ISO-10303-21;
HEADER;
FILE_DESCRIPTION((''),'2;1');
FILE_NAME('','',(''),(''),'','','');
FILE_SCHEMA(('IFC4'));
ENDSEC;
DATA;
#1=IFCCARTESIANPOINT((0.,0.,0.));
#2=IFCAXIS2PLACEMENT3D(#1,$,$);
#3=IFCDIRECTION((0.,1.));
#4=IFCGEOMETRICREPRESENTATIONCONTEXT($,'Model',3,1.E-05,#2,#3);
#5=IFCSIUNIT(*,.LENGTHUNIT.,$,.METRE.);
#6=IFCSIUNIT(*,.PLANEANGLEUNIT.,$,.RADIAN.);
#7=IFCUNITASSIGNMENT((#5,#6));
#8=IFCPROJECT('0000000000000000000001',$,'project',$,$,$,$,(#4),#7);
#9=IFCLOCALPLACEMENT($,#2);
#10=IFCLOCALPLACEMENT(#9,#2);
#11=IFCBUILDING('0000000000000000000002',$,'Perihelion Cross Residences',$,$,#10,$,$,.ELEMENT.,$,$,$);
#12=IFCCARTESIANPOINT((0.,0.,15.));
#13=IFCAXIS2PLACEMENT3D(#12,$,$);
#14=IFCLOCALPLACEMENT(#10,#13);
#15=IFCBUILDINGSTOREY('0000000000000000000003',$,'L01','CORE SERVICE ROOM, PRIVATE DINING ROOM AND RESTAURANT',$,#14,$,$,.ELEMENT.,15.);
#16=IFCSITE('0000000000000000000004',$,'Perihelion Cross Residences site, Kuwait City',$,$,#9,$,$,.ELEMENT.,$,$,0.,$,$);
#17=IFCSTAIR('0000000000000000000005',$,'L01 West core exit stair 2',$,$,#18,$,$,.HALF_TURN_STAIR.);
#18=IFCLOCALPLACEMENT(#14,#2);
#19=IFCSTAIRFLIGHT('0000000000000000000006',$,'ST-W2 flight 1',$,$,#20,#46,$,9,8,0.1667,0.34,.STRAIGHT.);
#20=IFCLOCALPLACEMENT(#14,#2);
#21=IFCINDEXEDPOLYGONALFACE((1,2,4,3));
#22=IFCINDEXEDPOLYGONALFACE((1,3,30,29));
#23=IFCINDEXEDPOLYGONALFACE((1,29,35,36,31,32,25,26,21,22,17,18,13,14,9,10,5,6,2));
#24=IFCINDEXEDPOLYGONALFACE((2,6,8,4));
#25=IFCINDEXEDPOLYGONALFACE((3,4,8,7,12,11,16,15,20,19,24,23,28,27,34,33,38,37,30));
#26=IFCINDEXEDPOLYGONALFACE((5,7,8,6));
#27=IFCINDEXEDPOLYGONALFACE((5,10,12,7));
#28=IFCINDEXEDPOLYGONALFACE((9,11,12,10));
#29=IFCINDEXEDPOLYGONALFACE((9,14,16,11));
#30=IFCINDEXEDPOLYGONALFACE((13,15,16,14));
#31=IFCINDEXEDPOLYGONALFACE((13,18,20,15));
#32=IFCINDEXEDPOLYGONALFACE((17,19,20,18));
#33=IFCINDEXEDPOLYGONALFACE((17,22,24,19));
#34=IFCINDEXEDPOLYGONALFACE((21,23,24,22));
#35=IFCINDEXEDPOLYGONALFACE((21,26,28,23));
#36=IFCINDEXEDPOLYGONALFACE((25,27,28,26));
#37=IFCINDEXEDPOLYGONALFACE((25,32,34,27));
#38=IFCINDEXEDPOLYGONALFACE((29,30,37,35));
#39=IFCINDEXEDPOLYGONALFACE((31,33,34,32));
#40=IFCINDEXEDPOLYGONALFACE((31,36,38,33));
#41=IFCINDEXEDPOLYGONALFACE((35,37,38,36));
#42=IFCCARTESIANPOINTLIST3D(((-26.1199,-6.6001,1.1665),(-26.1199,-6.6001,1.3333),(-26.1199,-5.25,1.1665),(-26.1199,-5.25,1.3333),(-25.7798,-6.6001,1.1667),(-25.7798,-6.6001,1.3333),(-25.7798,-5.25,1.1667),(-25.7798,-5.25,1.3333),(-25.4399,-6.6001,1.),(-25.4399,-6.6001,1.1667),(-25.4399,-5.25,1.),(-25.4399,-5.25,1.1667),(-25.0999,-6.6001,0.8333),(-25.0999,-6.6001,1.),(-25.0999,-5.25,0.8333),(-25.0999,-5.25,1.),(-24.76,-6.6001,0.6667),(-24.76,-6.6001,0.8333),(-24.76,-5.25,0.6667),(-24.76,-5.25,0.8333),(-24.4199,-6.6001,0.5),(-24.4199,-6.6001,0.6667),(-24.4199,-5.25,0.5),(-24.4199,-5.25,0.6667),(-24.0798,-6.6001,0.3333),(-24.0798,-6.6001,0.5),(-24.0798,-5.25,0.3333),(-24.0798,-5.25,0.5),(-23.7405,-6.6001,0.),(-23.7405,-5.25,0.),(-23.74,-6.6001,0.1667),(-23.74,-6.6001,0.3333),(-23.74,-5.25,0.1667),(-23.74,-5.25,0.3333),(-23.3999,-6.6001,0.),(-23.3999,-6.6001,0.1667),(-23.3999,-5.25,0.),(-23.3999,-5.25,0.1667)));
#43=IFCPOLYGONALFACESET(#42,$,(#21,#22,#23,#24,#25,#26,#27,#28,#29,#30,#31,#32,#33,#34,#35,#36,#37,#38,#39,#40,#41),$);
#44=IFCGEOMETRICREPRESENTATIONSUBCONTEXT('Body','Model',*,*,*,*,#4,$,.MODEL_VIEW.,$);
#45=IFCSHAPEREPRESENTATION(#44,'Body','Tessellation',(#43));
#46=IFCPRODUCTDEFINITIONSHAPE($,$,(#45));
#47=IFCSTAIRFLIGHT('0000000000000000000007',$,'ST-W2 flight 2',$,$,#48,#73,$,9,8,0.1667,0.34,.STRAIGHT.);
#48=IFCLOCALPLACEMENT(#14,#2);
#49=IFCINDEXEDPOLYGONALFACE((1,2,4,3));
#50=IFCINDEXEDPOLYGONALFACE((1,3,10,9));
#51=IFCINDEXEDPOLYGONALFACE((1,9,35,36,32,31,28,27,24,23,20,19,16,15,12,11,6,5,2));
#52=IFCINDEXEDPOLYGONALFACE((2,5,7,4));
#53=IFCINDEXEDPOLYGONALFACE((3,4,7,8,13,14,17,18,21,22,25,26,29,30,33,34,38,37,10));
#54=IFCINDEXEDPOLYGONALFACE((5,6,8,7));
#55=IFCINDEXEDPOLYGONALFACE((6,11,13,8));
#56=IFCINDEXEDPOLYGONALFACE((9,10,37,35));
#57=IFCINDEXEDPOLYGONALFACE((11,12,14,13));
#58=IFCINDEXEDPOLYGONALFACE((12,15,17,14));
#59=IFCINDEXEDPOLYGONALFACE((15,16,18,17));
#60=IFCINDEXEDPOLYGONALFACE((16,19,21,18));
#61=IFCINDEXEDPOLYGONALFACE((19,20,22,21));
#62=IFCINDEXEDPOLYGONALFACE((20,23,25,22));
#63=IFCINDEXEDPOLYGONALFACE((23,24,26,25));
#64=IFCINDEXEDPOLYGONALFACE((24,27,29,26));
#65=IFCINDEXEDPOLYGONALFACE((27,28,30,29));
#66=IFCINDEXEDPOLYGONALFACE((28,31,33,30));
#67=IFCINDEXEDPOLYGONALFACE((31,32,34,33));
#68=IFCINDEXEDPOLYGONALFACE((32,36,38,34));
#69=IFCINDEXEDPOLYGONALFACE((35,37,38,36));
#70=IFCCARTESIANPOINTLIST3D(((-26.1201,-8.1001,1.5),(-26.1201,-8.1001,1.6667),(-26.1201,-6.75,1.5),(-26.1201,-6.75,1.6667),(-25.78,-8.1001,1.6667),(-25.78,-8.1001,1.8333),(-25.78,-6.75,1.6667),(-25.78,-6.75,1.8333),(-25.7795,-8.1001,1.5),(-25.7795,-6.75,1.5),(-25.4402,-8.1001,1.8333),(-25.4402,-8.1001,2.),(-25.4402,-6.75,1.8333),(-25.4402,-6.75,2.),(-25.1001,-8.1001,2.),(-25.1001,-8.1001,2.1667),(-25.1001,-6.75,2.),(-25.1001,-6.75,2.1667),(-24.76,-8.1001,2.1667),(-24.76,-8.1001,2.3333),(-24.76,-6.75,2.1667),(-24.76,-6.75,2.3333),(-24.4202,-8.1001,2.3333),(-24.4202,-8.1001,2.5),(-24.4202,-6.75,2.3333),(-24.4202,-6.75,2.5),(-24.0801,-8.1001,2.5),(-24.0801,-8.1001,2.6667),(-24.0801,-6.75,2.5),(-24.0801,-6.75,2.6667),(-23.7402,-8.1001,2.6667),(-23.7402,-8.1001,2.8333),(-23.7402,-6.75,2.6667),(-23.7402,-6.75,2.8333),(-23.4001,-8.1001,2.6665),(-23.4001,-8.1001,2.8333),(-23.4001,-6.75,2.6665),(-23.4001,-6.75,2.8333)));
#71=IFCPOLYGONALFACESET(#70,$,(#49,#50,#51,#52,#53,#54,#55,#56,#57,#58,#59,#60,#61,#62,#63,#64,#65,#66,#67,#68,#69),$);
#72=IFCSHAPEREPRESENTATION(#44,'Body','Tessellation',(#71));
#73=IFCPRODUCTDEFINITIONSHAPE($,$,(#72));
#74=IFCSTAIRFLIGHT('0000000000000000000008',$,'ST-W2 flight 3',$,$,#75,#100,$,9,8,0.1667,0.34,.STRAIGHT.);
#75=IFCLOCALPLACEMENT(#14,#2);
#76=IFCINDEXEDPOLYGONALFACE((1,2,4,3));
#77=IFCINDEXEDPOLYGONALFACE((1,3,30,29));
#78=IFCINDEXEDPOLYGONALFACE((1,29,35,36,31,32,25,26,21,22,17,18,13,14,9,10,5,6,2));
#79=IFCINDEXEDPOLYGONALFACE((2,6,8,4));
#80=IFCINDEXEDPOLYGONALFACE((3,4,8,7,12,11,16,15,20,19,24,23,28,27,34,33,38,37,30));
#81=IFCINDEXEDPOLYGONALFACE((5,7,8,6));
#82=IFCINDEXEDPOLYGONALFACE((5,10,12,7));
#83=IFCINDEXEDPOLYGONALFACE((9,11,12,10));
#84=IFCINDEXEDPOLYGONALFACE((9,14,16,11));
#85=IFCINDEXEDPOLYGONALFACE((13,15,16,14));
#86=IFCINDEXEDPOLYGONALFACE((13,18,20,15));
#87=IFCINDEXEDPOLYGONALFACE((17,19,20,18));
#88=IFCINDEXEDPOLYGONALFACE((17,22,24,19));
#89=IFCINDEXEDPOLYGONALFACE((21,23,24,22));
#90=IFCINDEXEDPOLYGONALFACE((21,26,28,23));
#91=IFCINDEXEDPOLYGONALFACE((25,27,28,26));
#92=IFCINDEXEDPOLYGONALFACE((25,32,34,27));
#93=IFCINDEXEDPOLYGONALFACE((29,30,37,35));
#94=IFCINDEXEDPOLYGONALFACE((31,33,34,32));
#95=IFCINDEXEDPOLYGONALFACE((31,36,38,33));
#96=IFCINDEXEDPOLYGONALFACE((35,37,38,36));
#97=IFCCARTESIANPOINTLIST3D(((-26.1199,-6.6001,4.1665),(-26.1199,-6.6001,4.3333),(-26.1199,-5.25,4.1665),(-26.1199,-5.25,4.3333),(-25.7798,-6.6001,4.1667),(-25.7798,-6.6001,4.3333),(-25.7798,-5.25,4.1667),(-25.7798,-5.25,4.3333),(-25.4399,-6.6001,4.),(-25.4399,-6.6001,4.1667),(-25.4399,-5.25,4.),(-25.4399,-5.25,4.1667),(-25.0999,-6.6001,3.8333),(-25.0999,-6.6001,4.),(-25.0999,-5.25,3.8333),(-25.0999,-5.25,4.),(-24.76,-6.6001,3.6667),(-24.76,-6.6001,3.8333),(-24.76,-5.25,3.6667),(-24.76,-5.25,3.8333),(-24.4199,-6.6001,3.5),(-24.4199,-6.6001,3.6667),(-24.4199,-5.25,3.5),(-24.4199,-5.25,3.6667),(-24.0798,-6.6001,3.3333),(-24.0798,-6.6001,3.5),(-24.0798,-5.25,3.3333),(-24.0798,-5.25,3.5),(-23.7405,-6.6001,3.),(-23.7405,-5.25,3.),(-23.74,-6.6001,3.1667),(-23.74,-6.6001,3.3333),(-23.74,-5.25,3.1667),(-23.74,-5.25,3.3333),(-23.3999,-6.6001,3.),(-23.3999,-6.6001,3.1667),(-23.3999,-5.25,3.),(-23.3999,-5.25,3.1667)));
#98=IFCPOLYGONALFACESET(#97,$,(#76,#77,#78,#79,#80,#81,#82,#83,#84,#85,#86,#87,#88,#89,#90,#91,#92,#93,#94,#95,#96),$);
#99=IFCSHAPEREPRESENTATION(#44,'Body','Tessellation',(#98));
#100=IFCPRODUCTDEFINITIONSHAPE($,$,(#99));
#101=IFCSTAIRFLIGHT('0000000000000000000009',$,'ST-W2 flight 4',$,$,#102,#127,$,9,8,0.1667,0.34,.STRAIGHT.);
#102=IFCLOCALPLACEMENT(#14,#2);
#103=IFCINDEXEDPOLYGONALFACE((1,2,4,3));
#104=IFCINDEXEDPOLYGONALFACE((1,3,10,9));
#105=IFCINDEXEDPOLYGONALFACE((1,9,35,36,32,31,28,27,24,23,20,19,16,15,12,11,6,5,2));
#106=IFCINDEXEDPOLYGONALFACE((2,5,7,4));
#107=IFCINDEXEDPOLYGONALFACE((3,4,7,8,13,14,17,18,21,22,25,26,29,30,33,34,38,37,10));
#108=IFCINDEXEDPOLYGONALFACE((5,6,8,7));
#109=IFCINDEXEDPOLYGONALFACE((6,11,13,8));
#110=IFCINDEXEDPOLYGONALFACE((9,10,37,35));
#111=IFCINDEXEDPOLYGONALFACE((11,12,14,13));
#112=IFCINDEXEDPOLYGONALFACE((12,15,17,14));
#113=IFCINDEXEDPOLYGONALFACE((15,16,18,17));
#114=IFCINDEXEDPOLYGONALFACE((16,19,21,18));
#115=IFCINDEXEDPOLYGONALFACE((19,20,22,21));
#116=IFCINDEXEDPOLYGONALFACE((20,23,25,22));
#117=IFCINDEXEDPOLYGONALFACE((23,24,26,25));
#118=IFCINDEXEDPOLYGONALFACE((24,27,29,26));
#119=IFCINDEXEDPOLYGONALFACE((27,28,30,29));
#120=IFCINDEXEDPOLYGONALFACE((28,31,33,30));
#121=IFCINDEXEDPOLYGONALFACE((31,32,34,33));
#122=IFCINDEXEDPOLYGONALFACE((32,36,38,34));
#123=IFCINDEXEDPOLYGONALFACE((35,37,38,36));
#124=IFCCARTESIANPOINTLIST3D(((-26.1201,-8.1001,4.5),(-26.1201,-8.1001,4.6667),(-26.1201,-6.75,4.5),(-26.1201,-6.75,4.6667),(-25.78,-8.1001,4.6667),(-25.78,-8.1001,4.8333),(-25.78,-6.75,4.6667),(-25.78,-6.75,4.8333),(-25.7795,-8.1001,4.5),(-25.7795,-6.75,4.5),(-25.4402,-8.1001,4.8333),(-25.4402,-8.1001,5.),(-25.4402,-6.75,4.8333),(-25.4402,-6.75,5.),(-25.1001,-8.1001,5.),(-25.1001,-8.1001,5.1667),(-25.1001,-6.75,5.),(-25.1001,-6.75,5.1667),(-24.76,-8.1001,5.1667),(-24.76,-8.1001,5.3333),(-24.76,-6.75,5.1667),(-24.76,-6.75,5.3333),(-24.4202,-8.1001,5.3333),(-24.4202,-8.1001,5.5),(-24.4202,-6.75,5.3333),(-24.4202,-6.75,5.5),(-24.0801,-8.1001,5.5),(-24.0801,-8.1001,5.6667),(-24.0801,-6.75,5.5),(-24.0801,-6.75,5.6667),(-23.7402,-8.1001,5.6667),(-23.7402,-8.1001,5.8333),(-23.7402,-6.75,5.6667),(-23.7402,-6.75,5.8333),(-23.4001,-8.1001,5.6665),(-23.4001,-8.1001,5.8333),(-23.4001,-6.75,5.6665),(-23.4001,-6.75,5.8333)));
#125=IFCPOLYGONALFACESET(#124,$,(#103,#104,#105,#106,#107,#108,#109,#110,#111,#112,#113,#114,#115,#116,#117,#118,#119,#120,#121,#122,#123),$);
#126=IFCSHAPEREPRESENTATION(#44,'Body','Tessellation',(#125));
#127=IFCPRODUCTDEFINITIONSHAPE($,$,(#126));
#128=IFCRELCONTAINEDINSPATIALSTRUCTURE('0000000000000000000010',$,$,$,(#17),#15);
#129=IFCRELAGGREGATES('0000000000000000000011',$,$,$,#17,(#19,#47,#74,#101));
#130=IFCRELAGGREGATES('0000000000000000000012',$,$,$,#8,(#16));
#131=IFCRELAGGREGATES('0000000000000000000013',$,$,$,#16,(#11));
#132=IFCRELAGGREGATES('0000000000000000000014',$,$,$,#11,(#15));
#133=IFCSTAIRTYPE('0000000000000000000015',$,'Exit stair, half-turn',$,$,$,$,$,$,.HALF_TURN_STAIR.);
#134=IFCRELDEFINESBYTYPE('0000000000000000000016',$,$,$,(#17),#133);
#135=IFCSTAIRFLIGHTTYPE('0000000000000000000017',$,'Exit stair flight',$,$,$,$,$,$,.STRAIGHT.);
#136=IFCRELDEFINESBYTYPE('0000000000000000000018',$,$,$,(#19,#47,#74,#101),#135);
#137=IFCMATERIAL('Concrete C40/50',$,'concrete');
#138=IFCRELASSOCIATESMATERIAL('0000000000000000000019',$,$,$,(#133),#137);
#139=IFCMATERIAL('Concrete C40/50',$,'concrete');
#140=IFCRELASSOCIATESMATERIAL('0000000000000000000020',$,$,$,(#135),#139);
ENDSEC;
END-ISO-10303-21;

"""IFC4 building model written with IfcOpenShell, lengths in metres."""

from ifc_helpers import new_model, si_unit, direction, frame, origin, place, context, subcontext, project, spatial, polyline, outline, extrude, material, type_object, element, aggregate, save


model = new_model("IFC4")

# Units and contexts
model_context = context("Model", 3, precision=1e-05, world=origin(), true_north=direction((0.0, 1.0)))
body_context = subcontext(model_context, "Body", "Model", "MODEL_VIEW")
ifc_project = project(units=[si_unit("LENGTHUNIT", "METRE"), si_unit("PLANEANGLEUNIT", "RADIAN")], contexts=[model_context])

# Site, building, storey
site_placement = place(None, origin())
site = spatial("IfcSite", under=ifc_project, at=site_placement, Name="Perihelion Cross Residences site, Kuwait City", CompositionType="ELEMENT", RefElevation=0.0)
building_placement = place(site_placement, origin())
building = spatial("IfcBuilding", under=site, at=building_placement, Name="Perihelion Cross Residences", CompositionType="ELEMENT")
storey_placement = place(building_placement, frame((0.0, 0.0, 15.0)))
storey = spatial("IfcBuildingStorey", under=building, at=storey_placement, Name="L01", Description="CORE SERVICE ROOM, PRIVATE DINING ROOM AND RESTAURANT", CompositionType="ELEMENT", Elevation=15.0)

# Stair, stair flights
ifc_material_1 = material(Name="Concrete C40/50", Category="concrete")
stair_type = type_object("IfcStairType", Name="Exit stair, half-turn", PredefinedType="HALF_TURN_STAIR", material=ifc_material_1)
stair_placement = place(storey_placement, origin())
stair = element("IfcStair", 1, at=stair_placement, inside=storey, type_object=stair_type, Name="L01 West core exit stair 2", PredefinedType="HALF_TURN_STAIR")
ifc_material_2 = material(Name="Concrete C40/50", Category="concrete")
stair_flight_type = type_object("IfcStairFlightType", Name="Exit stair flight", PredefinedType="STRAIGHT", material=ifc_material_2)
stair_flight_1_placement = place(storey_placement, frame((-23.3999, -5.925, 0.0), z_axis=(0.0, 0.0, 1.0), x_axis=(-1.0, 0.0, 0.0)))
stair_flight_1 = element("IfcStairFlight", 2, at=stair_flight_1_placement, type_object=stair_flight_type, Name="ST-W2 flight 1", NumberOfRisers=9, NumberOfTreads=8, PredefinedType="STRAIGHT", RiserHeight=0.1667, TreadLength=0.34, context=body_context, shape_type="SweptSolid", body=[
    extrude(outline(polyline([(0.0, 0.0), (0.0, 0.1667), (0.3401, 0.1667), (0.3401, 0.3333), (0.6799, 0.3333), (0.6799, 0.5), (1.02, 0.5), (1.02, 0.6667), (1.3601, 0.6667), (1.3601, 0.8333), (1.7, 0.8333), (1.7, 1.0), (2.04, 1.0), (2.04, 1.1667), (2.3799, 1.1667), (2.3799, 1.3333), (2.72, 1.3333), (2.72, 1.5), (2.72, 1.1665), (0.3406, 0.0), (0.0, 0.0)])), frame((0.0, 0.675, 0.0), z_axis=(0.0, -1.0, 0.0), x_axis=(1.0, 0.0, 0.0)), (0.0, 0.0, 1.0), 1.3501),
])
stair_flight_2_placement = place(storey_placement, frame((-26.1201, -7.425, 1.5), z_axis=(0.0, 0.0, 1.0), x_axis=(1.0, 0.0, 0.0)))
stair_flight_2 = element("IfcStairFlight", 3, at=stair_flight_2_placement, type_object=stair_flight_type, Name="ST-W2 flight 2", NumberOfRisers=9, NumberOfTreads=8, PredefinedType="STRAIGHT", RiserHeight=0.1667, TreadLength=0.34, context=body_context, shape_type="SweptSolid", body=[
    extrude(outline(polyline([(0.0, 0.0), (0.0, 0.1667), (0.3401, 0.1667), (0.3401, 0.3333), (0.6799, 0.3333), (0.6799, 0.5), (1.02, 0.5), (1.02, 0.6667), (1.3601, 0.6667), (1.3601, 0.8333), (1.7, 0.8333), (1.7, 1.0), (2.04, 1.0), (2.04, 1.1667), (2.3799, 1.1667), (2.3799, 1.3333), (2.72, 1.3333), (2.72, 1.5), (2.72, 1.1665), (0.3406, 0.0), (0.0, 0.0)])), frame((0.0, 0.675, 0.0), z_axis=(0.0, -1.0, 0.0), x_axis=(1.0, 0.0, 0.0)), (0.0, 0.0, 1.0), 1.3501),
])
stair_flight_3_placement = place(storey_placement, frame((-23.3999, -5.925, 3.0), z_axis=(0.0, 0.0, 1.0), x_axis=(-1.0, 0.0, 0.0)))
stair_flight_3 = element("IfcStairFlight", 4, at=stair_flight_3_placement, type_object=stair_flight_type, Name="ST-W2 flight 3", NumberOfRisers=9, NumberOfTreads=8, PredefinedType="STRAIGHT", RiserHeight=0.1667, TreadLength=0.34, context=body_context, shape_type="SweptSolid", body=[
    extrude(outline(polyline([(0.0, 0.0), (0.0, 0.1667), (0.3401, 0.1667), (0.3401, 0.3333), (0.6799, 0.3333), (0.6799, 0.5), (1.02, 0.5), (1.02, 0.6667), (1.3601, 0.6667), (1.3601, 0.8333), (1.7, 0.8333), (1.7, 1.0), (2.04, 1.0), (2.04, 1.1667), (2.3799, 1.1667), (2.3799, 1.3333), (2.72, 1.3333), (2.72, 1.5), (2.72, 1.1665), (0.3406, 0.0), (0.0, 0.0)])), frame((0.0, 0.675, 0.0), z_axis=(0.0, -1.0, 0.0), x_axis=(1.0, 0.0, 0.0)), (0.0, 0.0, 1.0), 1.3501),
])
stair_flight_4_placement = place(storey_placement, frame((-26.1201, -7.425, 4.5), z_axis=(0.0, 0.0, 1.0), x_axis=(1.0, 0.0, 0.0)))
stair_flight_4 = element("IfcStairFlight", 5, at=stair_flight_4_placement, type_object=stair_flight_type, Name="ST-W2 flight 4", NumberOfRisers=9, NumberOfTreads=8, PredefinedType="STRAIGHT", RiserHeight=0.1667, TreadLength=0.34, context=body_context, shape_type="SweptSolid", body=[
    extrude(outline(polyline([(0.0, 0.0), (0.0, 0.1667), (0.3401, 0.1667), (0.3401, 0.3333), (0.6799, 0.3333), (0.6799, 0.5), (1.02, 0.5), (1.02, 0.6667), (1.3601, 0.6667), (1.3601, 0.8333), (1.7, 0.8333), (1.7, 1.0), (2.04, 1.0), (2.04, 1.1667), (2.3799, 1.1667), (2.3799, 1.3333), (2.72, 1.3333), (2.72, 1.5), (2.72, 1.1665), (0.3406, 0.0), (0.0, 0.0)])), frame((0.0, 0.675, 0.0), z_axis=(0.0, -1.0, 0.0), x_axis=(1.0, 0.0, 0.0)), (0.0, 0.0, 1.0), 1.3501),
])
aggregate(stair, [stair_flight_1, stair_flight_2, stair_flight_3, stair_flight_4])

save(model, "model.ifc")
